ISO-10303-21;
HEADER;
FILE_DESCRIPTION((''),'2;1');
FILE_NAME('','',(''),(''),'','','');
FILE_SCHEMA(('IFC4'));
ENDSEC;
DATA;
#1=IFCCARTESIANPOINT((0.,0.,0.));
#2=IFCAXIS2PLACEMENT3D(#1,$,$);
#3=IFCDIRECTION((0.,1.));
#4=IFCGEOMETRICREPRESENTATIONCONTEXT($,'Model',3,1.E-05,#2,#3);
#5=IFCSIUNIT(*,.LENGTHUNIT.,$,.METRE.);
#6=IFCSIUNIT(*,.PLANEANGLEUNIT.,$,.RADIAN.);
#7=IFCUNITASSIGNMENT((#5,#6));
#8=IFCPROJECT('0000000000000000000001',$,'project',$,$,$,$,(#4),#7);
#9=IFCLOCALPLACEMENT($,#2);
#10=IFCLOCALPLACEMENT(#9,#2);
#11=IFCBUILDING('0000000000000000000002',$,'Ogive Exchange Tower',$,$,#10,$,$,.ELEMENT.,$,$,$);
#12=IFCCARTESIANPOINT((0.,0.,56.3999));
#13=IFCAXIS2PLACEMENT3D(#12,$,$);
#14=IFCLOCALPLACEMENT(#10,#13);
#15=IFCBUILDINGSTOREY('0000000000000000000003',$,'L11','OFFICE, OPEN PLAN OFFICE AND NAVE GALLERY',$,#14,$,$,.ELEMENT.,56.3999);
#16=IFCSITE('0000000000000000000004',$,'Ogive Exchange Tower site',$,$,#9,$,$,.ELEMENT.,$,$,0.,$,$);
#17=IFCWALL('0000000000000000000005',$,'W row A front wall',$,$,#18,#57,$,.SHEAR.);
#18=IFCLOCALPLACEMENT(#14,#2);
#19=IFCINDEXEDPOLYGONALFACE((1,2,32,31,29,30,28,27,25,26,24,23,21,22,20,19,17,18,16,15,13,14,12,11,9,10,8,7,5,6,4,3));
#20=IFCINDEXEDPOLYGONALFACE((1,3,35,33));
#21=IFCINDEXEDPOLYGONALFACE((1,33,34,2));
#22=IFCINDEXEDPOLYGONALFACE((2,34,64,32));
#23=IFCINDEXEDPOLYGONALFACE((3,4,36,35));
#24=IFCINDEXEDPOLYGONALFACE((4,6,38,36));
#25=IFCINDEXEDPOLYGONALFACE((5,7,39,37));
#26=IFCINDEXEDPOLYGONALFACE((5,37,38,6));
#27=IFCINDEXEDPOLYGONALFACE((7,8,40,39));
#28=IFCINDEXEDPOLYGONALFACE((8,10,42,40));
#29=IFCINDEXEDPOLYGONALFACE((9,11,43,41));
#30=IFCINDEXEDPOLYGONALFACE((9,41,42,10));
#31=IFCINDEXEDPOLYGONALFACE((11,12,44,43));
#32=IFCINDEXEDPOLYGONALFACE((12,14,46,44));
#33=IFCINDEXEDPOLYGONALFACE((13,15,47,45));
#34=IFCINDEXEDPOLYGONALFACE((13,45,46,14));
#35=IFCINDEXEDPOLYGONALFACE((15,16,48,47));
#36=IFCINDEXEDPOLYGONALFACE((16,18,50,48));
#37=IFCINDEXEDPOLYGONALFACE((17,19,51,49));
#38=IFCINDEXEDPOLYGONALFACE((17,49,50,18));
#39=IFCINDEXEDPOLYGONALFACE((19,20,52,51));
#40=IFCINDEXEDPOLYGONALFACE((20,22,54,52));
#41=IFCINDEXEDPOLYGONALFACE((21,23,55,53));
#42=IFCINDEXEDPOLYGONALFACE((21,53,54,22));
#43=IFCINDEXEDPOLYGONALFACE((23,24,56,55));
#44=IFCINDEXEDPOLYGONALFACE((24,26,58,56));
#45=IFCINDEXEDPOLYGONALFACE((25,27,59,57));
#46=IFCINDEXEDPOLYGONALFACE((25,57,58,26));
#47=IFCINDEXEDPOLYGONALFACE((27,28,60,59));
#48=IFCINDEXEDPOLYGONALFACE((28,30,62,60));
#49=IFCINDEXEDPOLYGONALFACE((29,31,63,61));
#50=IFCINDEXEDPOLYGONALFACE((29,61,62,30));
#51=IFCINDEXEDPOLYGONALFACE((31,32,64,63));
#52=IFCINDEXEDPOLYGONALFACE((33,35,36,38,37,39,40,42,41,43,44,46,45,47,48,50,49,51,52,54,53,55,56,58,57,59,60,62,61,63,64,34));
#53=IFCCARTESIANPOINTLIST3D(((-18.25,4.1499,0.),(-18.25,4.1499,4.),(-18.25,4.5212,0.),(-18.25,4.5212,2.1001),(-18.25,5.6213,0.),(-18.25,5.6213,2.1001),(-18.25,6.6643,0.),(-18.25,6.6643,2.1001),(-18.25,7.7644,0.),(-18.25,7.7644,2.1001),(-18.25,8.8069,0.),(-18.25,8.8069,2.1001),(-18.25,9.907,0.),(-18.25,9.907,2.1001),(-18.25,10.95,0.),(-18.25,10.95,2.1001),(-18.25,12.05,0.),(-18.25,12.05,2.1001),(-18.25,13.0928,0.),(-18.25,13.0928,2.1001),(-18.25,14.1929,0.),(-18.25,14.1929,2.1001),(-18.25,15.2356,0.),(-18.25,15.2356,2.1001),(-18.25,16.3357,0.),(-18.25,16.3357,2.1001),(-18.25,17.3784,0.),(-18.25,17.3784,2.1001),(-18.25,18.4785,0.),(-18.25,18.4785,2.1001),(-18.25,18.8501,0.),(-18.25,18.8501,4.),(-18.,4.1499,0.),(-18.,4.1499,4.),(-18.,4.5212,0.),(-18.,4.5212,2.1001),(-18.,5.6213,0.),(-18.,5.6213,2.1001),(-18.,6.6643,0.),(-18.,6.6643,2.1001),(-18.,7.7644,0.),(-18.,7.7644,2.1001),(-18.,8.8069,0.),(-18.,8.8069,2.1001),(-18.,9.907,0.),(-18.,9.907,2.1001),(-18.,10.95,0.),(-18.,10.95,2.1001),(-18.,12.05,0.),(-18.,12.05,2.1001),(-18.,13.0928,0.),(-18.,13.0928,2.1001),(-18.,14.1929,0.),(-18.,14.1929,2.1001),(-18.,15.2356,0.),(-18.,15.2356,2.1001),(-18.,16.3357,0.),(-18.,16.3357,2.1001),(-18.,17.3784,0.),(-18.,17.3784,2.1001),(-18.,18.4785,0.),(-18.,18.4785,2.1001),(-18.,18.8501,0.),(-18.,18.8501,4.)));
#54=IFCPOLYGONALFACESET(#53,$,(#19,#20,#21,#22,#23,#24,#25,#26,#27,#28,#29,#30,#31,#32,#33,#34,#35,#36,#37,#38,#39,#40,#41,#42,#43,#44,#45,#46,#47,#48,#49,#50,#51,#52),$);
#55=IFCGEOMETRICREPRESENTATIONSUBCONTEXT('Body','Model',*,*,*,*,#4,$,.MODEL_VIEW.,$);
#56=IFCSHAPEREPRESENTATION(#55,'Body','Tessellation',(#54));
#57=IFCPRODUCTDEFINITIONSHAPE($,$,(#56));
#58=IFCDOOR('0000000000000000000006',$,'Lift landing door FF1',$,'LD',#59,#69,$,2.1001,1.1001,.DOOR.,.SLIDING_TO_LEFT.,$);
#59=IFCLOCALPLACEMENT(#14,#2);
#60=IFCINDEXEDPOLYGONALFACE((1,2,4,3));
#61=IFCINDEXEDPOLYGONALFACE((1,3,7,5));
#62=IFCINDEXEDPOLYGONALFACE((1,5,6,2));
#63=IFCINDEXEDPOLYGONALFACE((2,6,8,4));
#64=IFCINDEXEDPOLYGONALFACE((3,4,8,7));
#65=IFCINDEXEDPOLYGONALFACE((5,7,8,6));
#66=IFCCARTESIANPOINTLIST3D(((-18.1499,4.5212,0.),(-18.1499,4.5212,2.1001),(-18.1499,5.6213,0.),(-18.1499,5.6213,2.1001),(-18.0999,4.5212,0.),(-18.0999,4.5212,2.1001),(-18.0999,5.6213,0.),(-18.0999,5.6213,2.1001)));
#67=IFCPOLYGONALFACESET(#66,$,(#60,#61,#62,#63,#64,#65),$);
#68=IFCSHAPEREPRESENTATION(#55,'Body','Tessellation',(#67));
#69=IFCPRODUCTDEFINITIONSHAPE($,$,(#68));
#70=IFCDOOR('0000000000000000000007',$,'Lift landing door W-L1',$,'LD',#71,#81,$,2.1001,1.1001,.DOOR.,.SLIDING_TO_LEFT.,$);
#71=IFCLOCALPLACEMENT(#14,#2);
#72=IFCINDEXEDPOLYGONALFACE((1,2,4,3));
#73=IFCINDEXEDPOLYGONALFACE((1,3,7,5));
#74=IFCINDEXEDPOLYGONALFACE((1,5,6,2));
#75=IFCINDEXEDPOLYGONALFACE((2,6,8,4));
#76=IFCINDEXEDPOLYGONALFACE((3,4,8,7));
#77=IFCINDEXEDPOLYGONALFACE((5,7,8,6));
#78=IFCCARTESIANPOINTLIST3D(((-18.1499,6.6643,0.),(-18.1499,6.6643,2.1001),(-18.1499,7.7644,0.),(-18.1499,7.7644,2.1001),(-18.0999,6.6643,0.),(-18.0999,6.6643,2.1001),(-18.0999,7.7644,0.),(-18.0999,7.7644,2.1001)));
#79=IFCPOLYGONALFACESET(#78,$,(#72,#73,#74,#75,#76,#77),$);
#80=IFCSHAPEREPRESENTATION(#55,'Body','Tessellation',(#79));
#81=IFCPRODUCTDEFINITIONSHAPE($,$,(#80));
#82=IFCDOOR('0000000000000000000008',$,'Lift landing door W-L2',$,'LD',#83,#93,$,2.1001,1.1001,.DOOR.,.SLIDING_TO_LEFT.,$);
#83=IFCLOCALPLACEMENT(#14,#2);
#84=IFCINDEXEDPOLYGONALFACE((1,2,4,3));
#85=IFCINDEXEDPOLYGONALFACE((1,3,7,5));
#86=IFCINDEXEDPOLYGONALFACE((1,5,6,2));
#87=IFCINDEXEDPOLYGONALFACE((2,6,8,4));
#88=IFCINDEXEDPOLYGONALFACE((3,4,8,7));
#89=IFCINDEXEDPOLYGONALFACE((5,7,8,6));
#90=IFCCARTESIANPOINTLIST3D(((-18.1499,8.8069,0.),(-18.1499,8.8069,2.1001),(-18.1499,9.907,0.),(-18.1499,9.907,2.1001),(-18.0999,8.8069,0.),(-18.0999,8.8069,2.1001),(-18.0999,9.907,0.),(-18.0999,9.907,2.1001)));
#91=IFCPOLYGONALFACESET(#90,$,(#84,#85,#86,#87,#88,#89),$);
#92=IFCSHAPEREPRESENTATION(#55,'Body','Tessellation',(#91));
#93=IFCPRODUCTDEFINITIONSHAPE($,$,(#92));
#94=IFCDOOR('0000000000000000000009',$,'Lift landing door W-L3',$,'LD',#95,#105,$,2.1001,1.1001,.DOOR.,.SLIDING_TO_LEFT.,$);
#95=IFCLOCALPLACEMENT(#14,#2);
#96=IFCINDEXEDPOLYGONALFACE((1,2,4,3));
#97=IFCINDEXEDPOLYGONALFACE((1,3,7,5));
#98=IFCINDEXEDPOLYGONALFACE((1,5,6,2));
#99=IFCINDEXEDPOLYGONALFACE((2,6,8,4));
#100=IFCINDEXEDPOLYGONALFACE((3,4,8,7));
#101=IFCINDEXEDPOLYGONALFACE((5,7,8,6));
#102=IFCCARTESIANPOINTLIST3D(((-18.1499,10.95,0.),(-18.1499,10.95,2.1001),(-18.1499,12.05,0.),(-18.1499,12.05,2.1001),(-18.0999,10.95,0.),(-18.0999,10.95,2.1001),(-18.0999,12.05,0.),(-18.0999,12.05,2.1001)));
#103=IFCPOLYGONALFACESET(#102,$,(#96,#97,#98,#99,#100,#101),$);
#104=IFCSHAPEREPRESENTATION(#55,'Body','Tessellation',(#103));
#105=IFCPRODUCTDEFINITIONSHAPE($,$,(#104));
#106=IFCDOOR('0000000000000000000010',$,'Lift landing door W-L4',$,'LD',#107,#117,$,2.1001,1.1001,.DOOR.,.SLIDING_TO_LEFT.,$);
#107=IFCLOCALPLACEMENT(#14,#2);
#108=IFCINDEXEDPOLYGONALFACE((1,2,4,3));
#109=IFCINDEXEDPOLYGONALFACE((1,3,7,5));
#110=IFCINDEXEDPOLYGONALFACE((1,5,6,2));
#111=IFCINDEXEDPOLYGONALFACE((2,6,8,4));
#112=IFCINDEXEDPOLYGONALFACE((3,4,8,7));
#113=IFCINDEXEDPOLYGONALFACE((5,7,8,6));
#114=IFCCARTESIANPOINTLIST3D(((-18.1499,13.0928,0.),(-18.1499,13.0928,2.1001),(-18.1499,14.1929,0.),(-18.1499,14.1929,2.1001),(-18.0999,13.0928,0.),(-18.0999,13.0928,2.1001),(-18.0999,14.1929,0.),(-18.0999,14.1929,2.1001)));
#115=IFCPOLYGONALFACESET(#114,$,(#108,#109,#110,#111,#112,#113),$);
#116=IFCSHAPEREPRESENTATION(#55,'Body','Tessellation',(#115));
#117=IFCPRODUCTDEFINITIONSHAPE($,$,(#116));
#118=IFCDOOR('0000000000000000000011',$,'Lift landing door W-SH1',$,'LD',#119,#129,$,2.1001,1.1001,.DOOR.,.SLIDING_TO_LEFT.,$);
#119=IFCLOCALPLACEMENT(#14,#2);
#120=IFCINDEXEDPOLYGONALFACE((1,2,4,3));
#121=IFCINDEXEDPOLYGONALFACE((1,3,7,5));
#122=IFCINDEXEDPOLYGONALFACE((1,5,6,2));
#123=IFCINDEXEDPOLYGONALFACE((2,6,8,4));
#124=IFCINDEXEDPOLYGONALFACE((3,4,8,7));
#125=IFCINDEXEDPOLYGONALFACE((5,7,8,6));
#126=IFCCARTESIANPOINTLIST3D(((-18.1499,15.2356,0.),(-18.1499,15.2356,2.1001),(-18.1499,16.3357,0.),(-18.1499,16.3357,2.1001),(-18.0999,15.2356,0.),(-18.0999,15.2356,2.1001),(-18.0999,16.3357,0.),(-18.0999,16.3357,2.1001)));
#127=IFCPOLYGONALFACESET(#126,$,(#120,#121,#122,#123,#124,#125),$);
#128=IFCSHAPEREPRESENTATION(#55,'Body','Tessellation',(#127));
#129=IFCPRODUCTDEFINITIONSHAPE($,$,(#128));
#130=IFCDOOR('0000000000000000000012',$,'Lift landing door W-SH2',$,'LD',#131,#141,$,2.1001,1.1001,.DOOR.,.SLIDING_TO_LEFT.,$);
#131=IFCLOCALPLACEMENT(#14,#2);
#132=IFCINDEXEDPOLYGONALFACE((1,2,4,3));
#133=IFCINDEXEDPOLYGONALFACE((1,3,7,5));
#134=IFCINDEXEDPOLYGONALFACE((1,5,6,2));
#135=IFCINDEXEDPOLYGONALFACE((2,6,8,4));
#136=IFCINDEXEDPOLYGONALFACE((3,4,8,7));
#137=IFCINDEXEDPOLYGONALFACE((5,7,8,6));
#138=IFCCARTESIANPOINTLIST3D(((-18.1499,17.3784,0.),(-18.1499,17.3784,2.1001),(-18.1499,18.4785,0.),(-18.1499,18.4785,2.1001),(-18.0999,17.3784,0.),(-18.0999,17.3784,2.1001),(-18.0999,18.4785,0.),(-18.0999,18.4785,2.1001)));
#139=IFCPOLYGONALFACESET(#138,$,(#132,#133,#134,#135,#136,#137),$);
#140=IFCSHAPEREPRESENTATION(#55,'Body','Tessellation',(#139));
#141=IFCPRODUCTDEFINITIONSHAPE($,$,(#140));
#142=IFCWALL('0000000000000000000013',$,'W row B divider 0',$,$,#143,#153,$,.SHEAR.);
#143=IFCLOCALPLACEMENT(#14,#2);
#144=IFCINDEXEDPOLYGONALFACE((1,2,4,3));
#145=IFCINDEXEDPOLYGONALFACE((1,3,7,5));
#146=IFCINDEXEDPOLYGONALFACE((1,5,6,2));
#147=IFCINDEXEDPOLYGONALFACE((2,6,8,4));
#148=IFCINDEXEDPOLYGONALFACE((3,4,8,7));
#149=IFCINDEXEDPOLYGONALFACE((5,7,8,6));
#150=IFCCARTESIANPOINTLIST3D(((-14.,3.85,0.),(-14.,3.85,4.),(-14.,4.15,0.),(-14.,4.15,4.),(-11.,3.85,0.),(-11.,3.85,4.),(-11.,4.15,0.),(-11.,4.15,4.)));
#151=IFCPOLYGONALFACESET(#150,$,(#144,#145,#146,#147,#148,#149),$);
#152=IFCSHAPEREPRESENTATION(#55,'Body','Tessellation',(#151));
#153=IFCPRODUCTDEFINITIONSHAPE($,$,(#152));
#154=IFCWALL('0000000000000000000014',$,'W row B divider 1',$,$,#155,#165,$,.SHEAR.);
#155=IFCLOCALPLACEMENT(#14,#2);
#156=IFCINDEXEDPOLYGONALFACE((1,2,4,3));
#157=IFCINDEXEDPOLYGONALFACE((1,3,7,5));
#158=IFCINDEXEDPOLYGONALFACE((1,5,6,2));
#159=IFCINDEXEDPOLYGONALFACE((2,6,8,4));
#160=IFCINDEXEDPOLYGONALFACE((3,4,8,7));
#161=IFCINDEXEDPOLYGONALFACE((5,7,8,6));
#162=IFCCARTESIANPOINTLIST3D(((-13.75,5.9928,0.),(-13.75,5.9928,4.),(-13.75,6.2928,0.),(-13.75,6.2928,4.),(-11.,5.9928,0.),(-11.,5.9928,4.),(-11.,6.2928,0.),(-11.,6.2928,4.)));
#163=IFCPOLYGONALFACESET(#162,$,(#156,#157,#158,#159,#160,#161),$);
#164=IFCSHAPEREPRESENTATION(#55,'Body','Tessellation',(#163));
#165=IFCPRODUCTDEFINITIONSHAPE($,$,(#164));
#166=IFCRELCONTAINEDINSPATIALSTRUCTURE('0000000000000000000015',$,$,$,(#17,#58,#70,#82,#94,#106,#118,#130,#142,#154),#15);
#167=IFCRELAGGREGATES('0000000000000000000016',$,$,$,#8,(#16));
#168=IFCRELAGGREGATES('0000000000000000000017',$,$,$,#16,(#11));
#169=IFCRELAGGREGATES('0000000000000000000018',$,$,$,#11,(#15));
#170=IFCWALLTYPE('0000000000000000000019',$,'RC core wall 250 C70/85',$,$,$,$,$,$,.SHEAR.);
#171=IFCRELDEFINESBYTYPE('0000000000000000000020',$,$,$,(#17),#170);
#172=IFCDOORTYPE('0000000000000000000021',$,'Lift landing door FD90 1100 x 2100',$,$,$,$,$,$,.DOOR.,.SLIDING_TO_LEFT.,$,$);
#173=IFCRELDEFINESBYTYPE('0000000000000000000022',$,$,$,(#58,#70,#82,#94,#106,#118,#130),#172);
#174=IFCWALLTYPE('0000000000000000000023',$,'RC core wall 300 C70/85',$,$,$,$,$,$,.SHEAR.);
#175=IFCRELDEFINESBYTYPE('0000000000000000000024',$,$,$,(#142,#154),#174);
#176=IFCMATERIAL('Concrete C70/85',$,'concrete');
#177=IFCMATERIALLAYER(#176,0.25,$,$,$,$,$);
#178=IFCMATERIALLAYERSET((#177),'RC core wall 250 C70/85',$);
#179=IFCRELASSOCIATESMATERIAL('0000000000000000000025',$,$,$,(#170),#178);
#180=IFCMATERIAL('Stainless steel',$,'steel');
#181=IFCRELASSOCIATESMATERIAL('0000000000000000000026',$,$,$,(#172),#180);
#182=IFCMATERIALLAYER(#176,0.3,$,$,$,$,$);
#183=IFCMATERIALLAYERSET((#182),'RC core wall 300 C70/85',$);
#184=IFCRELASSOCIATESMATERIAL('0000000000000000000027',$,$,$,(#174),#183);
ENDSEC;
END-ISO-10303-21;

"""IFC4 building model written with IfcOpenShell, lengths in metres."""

from ifc_helpers import new_model, si_unit, direction, frame, frame_2d, origin, place, context, subcontext, project, spatial, rectangle, extrude, material, layer, layer_set, type_object, element, fill, save


model = new_model("IFC4")

# Units and contexts
model_context = context("Model", 3, precision=1e-05, world=origin(), true_north=direction((0.0, 1.0)))
body_context = subcontext(model_context, "Body", "Model", "MODEL_VIEW")
ifc_project = project(units=[si_unit("LENGTHUNIT", "METRE"), si_unit("PLANEANGLEUNIT", "RADIAN")], contexts=[model_context])

# Site, building, storey
site_placement = place(None, origin())
site = spatial("IfcSite", under=ifc_project, at=site_placement, Name="Ogive Exchange Tower site", CompositionType="ELEMENT", RefElevation=0.0)
building_placement = place(site_placement, origin())
building = spatial("IfcBuilding", under=site, at=building_placement, Name="Ogive Exchange Tower", CompositionType="ELEMENT")
storey_placement = place(building_placement, frame((0.0, 0.0, 56.3999)))
storey = spatial("IfcBuildingStorey", under=building, at=storey_placement, Name="L11", Description="OFFICE, OPEN PLAN OFFICE AND NAVE GALLERY", CompositionType="ELEMENT", Elevation=56.3999)

# Shared definitions
ifc_material_1 = material(Name="Concrete C70/85", Category="concrete")
ifc_layer_1 = layer(ifc_material_1, 0.25)
ifc_layer_set_1 = layer_set([ifc_layer_1], Name="RC core wall 250 C70/85")
wall_type_1 = type_object("IfcWallType", Name="RC core wall 250 C70/85", PredefinedType="SHEAR", material=ifc_layer_set_1)

# Wall, openings, doors
wall_1_placement = place(storey_placement, frame((-18.125, 4.1499, 0.0), z_axis=(0.0, 0.0, 1.0), x_axis=(0.0, 1.0, 0.0)))
wall_1 = element("IfcWall", 1, at=wall_1_placement, inside=storey, type_object=wall_type_1, Name="W row A front wall", PredefinedType="SHEAR", context=body_context, shape_type="SweptSolid", body=[
    extrude(rectangle(XDim=14.7002, YDim=0.25, at=frame_2d((7.3501, 0.0))), origin(), (0.0, 0.0, 1.0), 4.0),
])
opening_1_placement = place(wall_1_placement, frame((0.3713, 0.0, 0.0)))
opening_1 = element("IfcOpeningElement", 2, at=opening_1_placement, cuts=wall_1, PredefinedType="OPENING", context=body_context, shape_type="SweptSolid", body=[
    extrude(rectangle(XDim=1.1001, YDim=2.1001, at=frame_2d((0.55, 1.05))), frame((0.0, 0.135, 0.0), z_axis=(0.0, -1.0, 0.0), x_axis=(1.0, 0.0, 0.0)), (0.0, 0.0, 1.0), 0.27),
])
opening_2_placement = place(wall_1_placement, frame((2.5144, 0.0, 0.0)))
opening_2 = element("IfcOpeningElement", 3, at=opening_2_placement, cuts=wall_1, PredefinedType="OPENING", context=body_context, shape_type="SweptSolid", body=[
    extrude(rectangle(XDim=1.1001, YDim=2.1001, at=frame_2d((0.55, 1.05))), frame((0.0, 0.135, 0.0), z_axis=(0.0, -1.0, 0.0), x_axis=(1.0, 0.0, 0.0)), (0.0, 0.0, 1.0), 0.27),
])
opening_3_placement = place(wall_1_placement, frame((4.657, 0.0, 0.0)))
opening_3 = element("IfcOpeningElement", 4, at=opening_3_placement, cuts=wall_1, PredefinedType="OPENING", context=body_context, shape_type="SweptSolid", body=[
    extrude(rectangle(XDim=1.1001, YDim=2.1001, at=frame_2d((0.55, 1.05))), frame((0.0, 0.135, 0.0), z_axis=(0.0, -1.0, 0.0), x_axis=(1.0, 0.0, 0.0)), (0.0, 0.0, 1.0), 0.27),
])
opening_4_placement = place(wall_1_placement, frame((6.8, 0.0, 0.0)))
opening_4 = element("IfcOpeningElement", 5, at=opening_4_placement, cuts=wall_1, PredefinedType="OPENING", context=body_context, shape_type="SweptSolid", body=[
    extrude(rectangle(XDim=1.1001, YDim=2.1001, at=frame_2d((0.55, 1.05))), frame((0.0, 0.135, 0.0), z_axis=(0.0, -1.0, 0.0), x_axis=(1.0, 0.0, 0.0)), (0.0, 0.0, 1.0), 0.27),
])
opening_5_placement = place(wall_1_placement, frame((8.9429, 0.0, 0.0)))
opening_5 = element("IfcOpeningElement", 6, at=opening_5_placement, cuts=wall_1, PredefinedType="OPENING", context=body_context, shape_type="SweptSolid", body=[
    extrude(rectangle(XDim=1.1001, YDim=2.1001, at=frame_2d((0.55, 1.05))), frame((0.0, 0.135, 0.0), z_axis=(0.0, -1.0, 0.0), x_axis=(1.0, 0.0, 0.0)), (0.0, 0.0, 1.0), 0.27),
])
opening_6_placement = place(wall_1_placement, frame((11.0857, 0.0, 0.0)))
opening_6 = element("IfcOpeningElement", 7, at=opening_6_placement, cuts=wall_1, PredefinedType="OPENING", context=body_context, shape_type="SweptSolid", body=[
    extrude(rectangle(XDim=1.1001, YDim=2.1001, at=frame_2d((0.55, 1.05))), frame((0.0, 0.135, 0.0), z_axis=(0.0, -1.0, 0.0), x_axis=(1.0, 0.0, 0.0)), (0.0, 0.0, 1.0), 0.27),
])
opening_7_placement = place(wall_1_placement, frame((13.2285, 0.0, 0.0)))
opening_7 = element("IfcOpeningElement", 8, at=opening_7_placement, cuts=wall_1, PredefinedType="OPENING", context=body_context, shape_type="SweptSolid", body=[
    extrude(rectangle(XDim=1.1001, YDim=2.1001, at=frame_2d((0.55, 1.05))), frame((0.0, 0.135, 0.0), z_axis=(0.0, -1.0, 0.0), x_axis=(1.0, 0.0, 0.0)), (0.0, 0.0, 1.0), 0.27),
])
ifc_material_2 = material(Name="Stainless steel", Category="steel")
door_type_1 = type_object("IfcDoorType", Name="Lift landing door FD90 1100 x 2100", OperationType="SLIDING_TO_LEFT", PredefinedType="DOOR", material=ifc_material_2)
door_1_placement = place(opening_1_placement, origin())
door_1 = element("IfcDoor", 9, at=door_1_placement, inside=storey, type_object=door_type_1, Name="Lift landing door FF1", ObjectType="LD", OperationType="SLIDING_TO_LEFT", OverallHeight=2.1001, OverallWidth=1.1001, PredefinedType="DOOR", context=body_context, shape_type="SweptSolid", body=[
    extrude(rectangle(XDim=1.1001, YDim=2.1001, at=frame_2d((0.55, 1.05))), frame((0.0, 0.0249, 0.0), z_axis=(0.0, -1.0, 0.0), x_axis=(1.0, 0.0, 0.0)), (0.0, 0.0, 1.0), 0.05),
])
fill(opening_1, door_1)
door_2_placement = place(opening_2_placement, origin())
door_2 = element("IfcDoor", 10, at=door_2_placement, inside=storey, type_object=door_type_1, Name="Lift landing door W-L1", ObjectType="LD", OperationType="SLIDING_TO_LEFT", OverallHeight=2.1001, OverallWidth=1.1001, PredefinedType="DOOR", context=body_context, shape_type="SweptSolid", body=[
    extrude(rectangle(XDim=1.1001, YDim=2.1001, at=frame_2d((0.55, 1.05))), frame((0.0, 0.0249, 0.0), z_axis=(0.0, -1.0, 0.0), x_axis=(1.0, 0.0, 0.0)), (0.0, 0.0, 1.0), 0.05),
])
fill(opening_2, door_2)
door_3_placement = place(opening_3_placement, origin())
door_3 = element("IfcDoor", 11, at=door_3_placement, inside=storey, type_object=door_type_1, Name="Lift landing door W-L2", ObjectType="LD", OperationType="SLIDING_TO_LEFT", OverallHeight=2.1001, OverallWidth=1.1001, PredefinedType="DOOR", context=body_context, shape_type="SweptSolid", body=[
    extrude(rectangle(XDim=1.1001, YDim=2.1001, at=frame_2d((0.55, 1.05))), frame((0.0, 0.0249, 0.0), z_axis=(0.0, -1.0, 0.0), x_axis=(1.0, 0.0, 0.0)), (0.0, 0.0, 1.0), 0.05),
])
fill(opening_3, door_3)
door_4_placement = place(opening_4_placement, origin())
door_4 = element("IfcDoor", 12, at=door_4_placement, inside=storey, type_object=door_type_1, Name="Lift landing door W-L3", ObjectType="LD", OperationType="SLIDING_TO_LEFT", OverallHeight=2.1001, OverallWidth=1.1001, PredefinedType="DOOR", context=body_context, shape_type="SweptSolid", body=[
    extrude(rectangle(XDim=1.1001, YDim=2.1001, at=frame_2d((0.55, 1.05))), frame((0.0, 0.0249, 0.0), z_axis=(0.0, -1.0, 0.0), x_axis=(1.0, 0.0, 0.0)), (0.0, 0.0, 1.0), 0.05),
])
fill(opening_4, door_4)
door_5_placement = place(opening_5_placement, origin())
door_5 = element("IfcDoor", 13, at=door_5_placement, inside=storey, type_object=door_type_1, Name="Lift landing door W-L4", ObjectType="LD", OperationType="SLIDING_TO_LEFT", OverallHeight=2.1001, OverallWidth=1.1001, PredefinedType="DOOR", context=body_context, shape_type="SweptSolid", body=[
    extrude(rectangle(XDim=1.1001, YDim=2.1001, at=frame_2d((0.55, 1.05))), frame((0.0, 0.0249, 0.0), z_axis=(0.0, -1.0, 0.0), x_axis=(1.0, 0.0, 0.0)), (0.0, 0.0, 1.0), 0.05),
])
fill(opening_5, door_5)
door_6_placement = place(opening_6_placement, origin())
door_6 = element("IfcDoor", 14, at=door_6_placement, inside=storey, type_object=door_type_1, Name="Lift landing door W-SH1", ObjectType="LD", OperationType="SLIDING_TO_LEFT", OverallHeight=2.1001, OverallWidth=1.1001, PredefinedType="DOOR", context=body_context, shape_type="SweptSolid", body=[
    extrude(rectangle(XDim=1.1001, YDim=2.1001, at=frame_2d((0.55, 1.05))), frame((0.0, 0.0249, 0.0), z_axis=(0.0, -1.0, 0.0), x_axis=(1.0, 0.0, 0.0)), (0.0, 0.0, 1.0), 0.05),
])
fill(opening_6, door_6)
door_7_placement = place(opening_7_placement, origin())
door_7 = element("IfcDoor", 15, at=door_7_placement, inside=storey, type_object=door_type_1, Name="Lift landing door W-SH2", ObjectType="LD", OperationType="SLIDING_TO_LEFT", OverallHeight=2.1001, OverallWidth=1.1001, PredefinedType="DOOR", context=body_context, shape_type="SweptSolid", body=[
    extrude(rectangle(XDim=1.1001, YDim=2.1001, at=frame_2d((0.55, 1.05))), frame((0.0, 0.0249, 0.0), z_axis=(0.0, -1.0, 0.0), x_axis=(1.0, 0.0, 0.0)), (0.0, 0.0, 1.0), 0.05),
])
fill(opening_7, door_7)

# Walls
ifc_layer_2 = layer(ifc_material_1, 0.3)
ifc_layer_set_2 = layer_set([ifc_layer_2], Name="RC core wall 300 C70/85")
wall_type_2 = type_object("IfcWallType", Name="RC core wall 300 C70/85", PredefinedType="SHEAR", material=ifc_layer_set_2)
wall_2_placement = place(storey_placement, frame((-14.0, 4.0, 0.0), z_axis=(0.0, 0.0, 1.0), x_axis=(1.0, 0.0, 0.0)))
element("IfcWall", 16, at=wall_2_placement, inside=storey, type_object=wall_type_2, Name="W row B divider 0", PredefinedType="SHEAR", context=body_context, shape_type="SweptSolid", body=[
    extrude(rectangle(XDim=3.0, YDim=0.3, at=frame_2d((1.5, 0.0))), origin(), (0.0, 0.0, 1.0), 4.0),
])
wall_3_placement = place(storey_placement, frame((-13.75, 6.1428, 0.0), z_axis=(0.0, 0.0, 1.0), x_axis=(1.0, 0.0, 0.0)))
element("IfcWall", 17, at=wall_3_placement, inside=storey, type_object=wall_type_2, Name="W row B divider 1", PredefinedType="SHEAR", context=body_context, shape_type="SweptSolid", body=[
    extrude(rectangle(XDim=2.75, YDim=0.3, at=frame_2d((1.375, 0.0))), origin(), (0.0, 0.0, 1.0), 4.0),
])

save(model, "model.ifc")
